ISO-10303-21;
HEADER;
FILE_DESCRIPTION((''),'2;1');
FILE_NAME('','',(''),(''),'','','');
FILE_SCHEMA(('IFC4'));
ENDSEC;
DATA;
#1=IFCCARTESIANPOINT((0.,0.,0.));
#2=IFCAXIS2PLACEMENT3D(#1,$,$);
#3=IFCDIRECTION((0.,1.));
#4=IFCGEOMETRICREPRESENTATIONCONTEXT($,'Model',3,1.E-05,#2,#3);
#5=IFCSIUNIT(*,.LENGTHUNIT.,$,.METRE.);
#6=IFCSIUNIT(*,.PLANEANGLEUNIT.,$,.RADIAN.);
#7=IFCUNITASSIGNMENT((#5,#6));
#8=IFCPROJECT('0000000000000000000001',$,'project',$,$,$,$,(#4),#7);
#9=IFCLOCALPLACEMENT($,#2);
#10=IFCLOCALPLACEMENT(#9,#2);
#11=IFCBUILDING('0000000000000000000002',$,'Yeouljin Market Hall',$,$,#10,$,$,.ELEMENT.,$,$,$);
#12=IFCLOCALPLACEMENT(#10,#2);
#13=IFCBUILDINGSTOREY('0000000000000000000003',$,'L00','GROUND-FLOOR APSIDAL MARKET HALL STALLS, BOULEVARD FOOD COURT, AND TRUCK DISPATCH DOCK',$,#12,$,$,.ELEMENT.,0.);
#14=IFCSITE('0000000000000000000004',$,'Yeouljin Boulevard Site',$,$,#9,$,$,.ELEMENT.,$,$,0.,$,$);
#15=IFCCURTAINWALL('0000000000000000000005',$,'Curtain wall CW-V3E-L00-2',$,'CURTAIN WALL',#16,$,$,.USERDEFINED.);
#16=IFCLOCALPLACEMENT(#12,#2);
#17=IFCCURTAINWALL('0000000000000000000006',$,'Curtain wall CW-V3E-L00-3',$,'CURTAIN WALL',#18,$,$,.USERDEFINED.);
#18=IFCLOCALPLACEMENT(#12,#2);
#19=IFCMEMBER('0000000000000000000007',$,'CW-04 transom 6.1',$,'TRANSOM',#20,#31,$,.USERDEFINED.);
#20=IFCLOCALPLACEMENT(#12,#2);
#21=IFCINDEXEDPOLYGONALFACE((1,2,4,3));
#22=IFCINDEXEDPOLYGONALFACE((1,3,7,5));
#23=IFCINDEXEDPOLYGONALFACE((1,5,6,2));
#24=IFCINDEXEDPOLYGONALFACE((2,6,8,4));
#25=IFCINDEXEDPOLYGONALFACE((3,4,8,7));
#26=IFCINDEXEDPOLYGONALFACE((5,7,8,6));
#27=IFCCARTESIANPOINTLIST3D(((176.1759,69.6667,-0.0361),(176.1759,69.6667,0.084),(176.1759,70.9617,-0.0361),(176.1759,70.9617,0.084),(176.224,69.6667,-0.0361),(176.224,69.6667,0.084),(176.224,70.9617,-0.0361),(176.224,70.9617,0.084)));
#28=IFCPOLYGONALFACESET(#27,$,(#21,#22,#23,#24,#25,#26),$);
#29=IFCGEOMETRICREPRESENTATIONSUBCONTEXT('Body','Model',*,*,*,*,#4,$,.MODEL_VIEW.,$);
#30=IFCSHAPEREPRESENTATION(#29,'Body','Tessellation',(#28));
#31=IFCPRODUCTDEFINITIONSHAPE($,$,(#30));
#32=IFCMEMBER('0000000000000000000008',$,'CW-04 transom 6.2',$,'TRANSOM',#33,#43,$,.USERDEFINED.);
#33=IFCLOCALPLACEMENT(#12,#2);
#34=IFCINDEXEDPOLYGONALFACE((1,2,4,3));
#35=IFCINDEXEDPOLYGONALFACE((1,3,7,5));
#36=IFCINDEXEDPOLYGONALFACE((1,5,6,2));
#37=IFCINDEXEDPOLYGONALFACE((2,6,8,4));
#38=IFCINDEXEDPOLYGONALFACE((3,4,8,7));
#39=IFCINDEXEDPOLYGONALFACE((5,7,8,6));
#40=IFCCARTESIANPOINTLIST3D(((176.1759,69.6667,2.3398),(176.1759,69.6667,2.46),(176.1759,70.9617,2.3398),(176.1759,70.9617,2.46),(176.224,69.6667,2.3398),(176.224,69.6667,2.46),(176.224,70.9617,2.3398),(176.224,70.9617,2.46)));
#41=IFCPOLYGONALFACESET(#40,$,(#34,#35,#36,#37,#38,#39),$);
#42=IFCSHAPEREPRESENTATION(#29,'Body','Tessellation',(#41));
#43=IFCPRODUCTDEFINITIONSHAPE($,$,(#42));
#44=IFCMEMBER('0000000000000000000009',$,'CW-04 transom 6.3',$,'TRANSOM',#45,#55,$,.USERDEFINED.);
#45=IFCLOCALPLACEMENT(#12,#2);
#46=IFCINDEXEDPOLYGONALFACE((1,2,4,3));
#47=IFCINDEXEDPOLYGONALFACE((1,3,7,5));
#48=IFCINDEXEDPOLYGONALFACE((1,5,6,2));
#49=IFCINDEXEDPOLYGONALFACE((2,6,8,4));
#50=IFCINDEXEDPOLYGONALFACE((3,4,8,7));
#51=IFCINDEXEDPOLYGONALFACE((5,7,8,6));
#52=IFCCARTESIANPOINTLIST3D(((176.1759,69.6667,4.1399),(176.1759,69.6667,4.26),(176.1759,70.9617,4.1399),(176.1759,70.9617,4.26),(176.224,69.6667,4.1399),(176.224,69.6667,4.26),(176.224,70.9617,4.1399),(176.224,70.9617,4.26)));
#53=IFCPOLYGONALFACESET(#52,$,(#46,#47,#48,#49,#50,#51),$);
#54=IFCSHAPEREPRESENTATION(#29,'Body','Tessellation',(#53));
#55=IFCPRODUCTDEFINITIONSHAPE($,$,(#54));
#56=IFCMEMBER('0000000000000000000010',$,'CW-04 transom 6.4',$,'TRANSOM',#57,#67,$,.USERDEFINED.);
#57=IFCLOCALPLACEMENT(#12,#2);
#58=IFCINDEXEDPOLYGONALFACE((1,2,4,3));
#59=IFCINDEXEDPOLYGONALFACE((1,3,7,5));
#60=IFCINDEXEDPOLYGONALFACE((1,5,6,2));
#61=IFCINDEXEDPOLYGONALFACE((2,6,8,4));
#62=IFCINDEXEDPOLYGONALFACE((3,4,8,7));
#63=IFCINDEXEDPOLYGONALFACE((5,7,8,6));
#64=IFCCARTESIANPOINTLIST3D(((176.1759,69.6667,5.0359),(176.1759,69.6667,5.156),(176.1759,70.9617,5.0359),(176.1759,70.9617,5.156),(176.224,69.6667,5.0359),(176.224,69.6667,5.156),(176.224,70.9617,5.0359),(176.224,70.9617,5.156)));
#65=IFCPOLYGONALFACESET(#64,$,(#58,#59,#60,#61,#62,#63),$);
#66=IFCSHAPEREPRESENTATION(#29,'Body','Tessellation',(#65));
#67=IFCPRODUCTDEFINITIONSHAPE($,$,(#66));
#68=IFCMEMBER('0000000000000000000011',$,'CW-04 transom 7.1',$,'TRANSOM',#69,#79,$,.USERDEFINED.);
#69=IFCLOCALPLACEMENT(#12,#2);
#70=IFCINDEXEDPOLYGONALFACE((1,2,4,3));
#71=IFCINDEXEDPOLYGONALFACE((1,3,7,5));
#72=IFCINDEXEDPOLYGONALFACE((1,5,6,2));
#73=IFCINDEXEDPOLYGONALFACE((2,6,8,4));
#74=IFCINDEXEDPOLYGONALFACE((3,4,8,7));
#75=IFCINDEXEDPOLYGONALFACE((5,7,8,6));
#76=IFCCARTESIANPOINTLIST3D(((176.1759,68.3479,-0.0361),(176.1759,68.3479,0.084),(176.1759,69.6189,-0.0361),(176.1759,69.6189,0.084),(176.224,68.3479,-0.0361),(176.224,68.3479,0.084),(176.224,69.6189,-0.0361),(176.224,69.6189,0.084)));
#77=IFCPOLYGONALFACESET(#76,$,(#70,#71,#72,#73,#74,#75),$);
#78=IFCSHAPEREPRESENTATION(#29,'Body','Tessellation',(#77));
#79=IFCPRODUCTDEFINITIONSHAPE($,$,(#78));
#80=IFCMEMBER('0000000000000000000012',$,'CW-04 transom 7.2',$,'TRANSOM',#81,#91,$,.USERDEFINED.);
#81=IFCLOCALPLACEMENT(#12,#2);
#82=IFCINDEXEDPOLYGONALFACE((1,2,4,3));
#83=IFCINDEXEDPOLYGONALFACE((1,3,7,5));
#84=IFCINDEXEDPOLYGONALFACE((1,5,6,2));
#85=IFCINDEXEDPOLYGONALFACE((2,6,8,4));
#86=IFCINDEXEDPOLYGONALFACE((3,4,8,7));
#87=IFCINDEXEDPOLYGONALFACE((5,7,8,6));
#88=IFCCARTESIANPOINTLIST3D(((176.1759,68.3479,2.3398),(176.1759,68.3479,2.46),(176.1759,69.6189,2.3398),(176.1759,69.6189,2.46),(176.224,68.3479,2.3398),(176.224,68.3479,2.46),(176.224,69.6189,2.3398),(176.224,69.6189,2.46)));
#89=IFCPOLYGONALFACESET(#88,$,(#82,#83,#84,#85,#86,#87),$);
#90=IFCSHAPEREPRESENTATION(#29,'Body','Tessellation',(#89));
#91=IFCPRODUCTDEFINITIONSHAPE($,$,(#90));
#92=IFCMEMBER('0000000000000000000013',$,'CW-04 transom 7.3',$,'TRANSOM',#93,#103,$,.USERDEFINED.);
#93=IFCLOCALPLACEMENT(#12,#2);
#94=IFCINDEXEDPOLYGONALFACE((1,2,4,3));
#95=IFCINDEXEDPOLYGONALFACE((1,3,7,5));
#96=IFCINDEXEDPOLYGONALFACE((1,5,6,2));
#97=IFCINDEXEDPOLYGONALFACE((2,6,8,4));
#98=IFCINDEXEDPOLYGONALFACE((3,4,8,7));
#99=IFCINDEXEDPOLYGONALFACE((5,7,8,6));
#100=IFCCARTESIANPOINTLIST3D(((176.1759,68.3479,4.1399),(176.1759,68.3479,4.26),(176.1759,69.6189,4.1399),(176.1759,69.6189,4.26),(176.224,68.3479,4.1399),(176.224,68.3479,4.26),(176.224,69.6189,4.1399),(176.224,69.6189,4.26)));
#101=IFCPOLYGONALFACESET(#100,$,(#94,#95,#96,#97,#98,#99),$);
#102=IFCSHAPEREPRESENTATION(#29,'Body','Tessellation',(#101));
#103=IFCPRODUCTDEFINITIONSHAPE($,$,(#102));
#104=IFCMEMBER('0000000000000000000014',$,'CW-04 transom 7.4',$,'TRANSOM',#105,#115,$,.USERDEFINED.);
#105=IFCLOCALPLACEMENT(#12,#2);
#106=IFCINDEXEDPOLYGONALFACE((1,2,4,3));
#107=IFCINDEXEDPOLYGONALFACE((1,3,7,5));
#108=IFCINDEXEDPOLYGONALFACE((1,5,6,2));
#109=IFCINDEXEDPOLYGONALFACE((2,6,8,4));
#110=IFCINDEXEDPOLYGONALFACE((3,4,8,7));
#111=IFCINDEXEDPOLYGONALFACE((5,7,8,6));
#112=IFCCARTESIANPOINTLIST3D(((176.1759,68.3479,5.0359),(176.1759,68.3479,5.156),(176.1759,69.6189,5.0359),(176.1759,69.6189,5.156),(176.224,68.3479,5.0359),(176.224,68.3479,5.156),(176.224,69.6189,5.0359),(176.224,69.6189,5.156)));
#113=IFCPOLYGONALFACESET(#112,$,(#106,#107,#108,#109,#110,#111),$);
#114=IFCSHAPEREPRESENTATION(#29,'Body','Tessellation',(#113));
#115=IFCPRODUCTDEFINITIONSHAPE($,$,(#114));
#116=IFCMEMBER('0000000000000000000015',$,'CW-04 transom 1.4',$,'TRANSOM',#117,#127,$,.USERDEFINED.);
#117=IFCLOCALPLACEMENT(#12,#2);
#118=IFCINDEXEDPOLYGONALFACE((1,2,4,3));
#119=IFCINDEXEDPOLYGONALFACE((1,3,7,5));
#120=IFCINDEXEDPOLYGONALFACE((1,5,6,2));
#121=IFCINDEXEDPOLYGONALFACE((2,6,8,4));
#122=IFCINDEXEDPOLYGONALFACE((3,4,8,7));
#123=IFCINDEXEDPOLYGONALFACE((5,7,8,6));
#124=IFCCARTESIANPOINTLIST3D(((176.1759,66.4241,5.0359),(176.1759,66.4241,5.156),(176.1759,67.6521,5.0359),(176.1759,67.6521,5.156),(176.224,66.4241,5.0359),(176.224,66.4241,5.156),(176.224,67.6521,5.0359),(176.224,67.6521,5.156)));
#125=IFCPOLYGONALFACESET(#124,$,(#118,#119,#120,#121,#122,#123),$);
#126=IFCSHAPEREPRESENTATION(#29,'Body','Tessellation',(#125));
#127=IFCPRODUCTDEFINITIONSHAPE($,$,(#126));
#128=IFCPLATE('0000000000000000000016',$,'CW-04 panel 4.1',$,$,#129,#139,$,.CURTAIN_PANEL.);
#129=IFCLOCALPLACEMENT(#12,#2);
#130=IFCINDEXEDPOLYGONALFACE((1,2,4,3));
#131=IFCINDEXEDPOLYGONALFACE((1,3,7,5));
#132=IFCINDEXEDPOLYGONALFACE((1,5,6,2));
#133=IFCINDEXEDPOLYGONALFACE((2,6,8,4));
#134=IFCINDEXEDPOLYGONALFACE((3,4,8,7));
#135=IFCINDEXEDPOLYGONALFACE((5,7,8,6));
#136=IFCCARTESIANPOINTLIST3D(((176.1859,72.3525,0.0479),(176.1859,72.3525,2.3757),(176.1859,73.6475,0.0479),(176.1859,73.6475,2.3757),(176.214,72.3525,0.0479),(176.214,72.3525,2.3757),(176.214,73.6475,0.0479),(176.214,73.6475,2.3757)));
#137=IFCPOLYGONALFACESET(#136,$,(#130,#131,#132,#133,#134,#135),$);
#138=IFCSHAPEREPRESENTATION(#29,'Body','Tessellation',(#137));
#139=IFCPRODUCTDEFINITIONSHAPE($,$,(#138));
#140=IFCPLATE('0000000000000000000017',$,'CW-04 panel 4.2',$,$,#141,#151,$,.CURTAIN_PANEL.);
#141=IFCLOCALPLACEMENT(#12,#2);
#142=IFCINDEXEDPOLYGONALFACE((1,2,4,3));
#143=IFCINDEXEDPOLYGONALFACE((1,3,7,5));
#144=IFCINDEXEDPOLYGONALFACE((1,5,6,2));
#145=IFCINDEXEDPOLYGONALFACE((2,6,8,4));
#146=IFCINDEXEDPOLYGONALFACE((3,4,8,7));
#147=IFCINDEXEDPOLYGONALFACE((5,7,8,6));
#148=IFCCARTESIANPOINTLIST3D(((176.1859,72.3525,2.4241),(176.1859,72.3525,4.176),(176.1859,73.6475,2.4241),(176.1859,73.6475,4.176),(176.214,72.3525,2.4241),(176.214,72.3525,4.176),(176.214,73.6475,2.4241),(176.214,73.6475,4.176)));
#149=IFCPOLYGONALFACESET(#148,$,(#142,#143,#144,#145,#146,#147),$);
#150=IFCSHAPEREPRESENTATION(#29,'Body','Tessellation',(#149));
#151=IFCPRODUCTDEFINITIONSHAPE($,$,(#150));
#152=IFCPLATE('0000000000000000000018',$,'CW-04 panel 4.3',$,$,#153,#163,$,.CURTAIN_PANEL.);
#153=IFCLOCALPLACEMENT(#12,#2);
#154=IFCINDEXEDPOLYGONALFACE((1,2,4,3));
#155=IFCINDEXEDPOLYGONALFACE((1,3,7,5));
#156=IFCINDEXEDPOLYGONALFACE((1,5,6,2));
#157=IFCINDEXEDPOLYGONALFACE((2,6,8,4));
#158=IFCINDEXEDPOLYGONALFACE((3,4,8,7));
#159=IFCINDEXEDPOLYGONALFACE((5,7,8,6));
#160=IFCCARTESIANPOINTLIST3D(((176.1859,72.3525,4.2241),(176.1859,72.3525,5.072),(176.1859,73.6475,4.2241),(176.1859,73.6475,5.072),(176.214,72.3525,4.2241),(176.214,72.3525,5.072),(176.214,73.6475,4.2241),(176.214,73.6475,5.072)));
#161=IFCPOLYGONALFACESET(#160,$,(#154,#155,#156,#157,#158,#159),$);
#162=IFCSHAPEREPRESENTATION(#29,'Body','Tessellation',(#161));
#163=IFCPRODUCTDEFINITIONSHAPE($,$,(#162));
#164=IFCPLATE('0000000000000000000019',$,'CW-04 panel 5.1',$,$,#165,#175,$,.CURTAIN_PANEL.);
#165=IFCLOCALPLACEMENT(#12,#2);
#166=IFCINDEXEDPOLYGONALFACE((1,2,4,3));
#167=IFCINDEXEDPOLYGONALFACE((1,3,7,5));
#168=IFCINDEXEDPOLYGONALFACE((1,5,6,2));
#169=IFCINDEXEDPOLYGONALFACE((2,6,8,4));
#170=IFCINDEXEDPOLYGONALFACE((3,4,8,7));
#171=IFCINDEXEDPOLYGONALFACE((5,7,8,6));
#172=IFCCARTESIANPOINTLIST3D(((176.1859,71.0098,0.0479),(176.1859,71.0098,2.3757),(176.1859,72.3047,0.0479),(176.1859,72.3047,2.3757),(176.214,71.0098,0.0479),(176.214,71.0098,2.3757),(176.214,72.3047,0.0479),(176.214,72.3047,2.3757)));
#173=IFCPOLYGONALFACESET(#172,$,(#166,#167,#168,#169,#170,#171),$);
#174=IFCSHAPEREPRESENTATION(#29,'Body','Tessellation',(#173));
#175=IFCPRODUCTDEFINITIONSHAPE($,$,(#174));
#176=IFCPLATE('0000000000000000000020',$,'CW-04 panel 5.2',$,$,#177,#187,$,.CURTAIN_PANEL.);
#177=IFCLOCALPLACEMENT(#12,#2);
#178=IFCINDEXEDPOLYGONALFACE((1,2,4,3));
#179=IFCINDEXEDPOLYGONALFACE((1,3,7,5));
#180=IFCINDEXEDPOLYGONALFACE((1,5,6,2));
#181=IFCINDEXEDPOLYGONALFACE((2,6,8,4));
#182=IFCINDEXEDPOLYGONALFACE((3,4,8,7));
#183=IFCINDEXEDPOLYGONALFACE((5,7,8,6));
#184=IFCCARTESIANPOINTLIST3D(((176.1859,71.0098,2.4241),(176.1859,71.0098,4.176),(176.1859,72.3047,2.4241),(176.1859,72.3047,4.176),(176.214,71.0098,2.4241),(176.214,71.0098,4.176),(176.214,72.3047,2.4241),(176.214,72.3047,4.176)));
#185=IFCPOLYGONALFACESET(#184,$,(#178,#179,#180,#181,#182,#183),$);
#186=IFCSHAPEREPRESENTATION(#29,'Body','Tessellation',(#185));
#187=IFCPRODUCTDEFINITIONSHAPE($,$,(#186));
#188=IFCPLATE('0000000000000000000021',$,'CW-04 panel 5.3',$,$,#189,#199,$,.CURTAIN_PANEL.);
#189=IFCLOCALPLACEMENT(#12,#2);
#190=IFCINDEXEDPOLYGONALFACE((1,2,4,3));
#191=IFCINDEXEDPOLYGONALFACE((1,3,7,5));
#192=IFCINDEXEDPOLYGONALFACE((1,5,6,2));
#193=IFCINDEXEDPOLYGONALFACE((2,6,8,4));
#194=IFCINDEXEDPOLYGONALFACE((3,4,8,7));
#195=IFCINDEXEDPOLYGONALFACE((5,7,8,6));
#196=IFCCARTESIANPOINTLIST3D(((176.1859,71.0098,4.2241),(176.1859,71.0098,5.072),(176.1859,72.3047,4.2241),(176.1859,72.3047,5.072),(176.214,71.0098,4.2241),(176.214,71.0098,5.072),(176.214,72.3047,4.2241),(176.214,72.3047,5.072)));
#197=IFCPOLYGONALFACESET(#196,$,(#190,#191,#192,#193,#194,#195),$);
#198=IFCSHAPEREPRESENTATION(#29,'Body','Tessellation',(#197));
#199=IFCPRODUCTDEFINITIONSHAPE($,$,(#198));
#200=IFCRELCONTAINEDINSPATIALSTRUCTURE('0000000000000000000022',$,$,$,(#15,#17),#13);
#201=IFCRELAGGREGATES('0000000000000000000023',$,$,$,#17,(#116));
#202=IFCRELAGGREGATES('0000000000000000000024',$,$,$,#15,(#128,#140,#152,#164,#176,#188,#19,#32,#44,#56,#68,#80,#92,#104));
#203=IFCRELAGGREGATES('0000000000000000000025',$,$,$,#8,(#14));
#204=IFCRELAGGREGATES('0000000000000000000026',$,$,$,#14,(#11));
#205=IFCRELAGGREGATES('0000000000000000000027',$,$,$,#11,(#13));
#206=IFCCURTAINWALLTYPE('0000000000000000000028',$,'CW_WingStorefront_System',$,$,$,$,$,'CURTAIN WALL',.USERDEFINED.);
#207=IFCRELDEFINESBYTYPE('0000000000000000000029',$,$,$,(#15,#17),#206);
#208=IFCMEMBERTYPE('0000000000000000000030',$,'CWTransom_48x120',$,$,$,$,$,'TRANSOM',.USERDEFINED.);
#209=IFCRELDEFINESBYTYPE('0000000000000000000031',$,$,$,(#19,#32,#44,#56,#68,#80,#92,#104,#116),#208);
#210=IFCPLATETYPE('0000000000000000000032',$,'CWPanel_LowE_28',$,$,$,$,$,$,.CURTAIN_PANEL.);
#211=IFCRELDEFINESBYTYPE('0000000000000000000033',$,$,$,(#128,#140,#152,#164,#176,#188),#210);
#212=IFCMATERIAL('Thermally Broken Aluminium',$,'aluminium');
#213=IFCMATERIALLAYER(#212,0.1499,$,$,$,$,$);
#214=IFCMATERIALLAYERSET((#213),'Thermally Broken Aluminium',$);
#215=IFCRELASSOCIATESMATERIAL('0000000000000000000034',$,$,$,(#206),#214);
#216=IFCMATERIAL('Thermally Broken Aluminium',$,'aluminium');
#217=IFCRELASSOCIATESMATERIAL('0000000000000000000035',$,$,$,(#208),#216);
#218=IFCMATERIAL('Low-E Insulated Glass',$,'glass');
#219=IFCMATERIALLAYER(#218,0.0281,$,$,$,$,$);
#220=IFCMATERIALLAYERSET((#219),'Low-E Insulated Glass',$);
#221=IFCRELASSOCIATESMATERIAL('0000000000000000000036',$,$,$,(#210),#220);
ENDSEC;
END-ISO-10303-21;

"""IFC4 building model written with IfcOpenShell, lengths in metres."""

from ifc_helpers import new_model, si_unit, direction, frame, origin, origin_2d, place, context, subcontext, project, spatial, rectangle, extrude, material, layer, layer_set, material_profile, profile_set, type_object, element, aggregate, save


model = new_model("IFC4")

# Units and contexts
model_context = context("Model", 3, precision=1e-05, world=origin(), true_north=direction((0.0, 1.0)))
body_context = subcontext(model_context, "Body", "Model", "MODEL_VIEW")
ifc_project = project(units=[si_unit("LENGTHUNIT", "METRE"), si_unit("PLANEANGLEUNIT", "RADIAN")], contexts=[model_context])

# Site, building, storey
site_placement = place(None, origin())
site = spatial("IfcSite", under=ifc_project, at=site_placement, Name="Yeouljin Boulevard Site", CompositionType="ELEMENT", RefElevation=0.0)
building_placement = place(site_placement, origin())
building = spatial("IfcBuilding", under=site, at=building_placement, Name="Yeouljin Market Hall", CompositionType="ELEMENT")
storey_placement = place(building_placement, origin())
storey = spatial("IfcBuildingStorey", under=building, at=storey_placement, Name="L00", Description="GROUND-FLOOR APSIDAL MARKET HALL STALLS, BOULEVARD FOOD COURT, AND TRUCK DISPATCH DOCK", CompositionType="ELEMENT", Elevation=0.0)

# Curtain wall
ifc_material_1 = material(Name="Thermally Broken Aluminium", Category="aluminium")
ifc_layer_1 = layer(ifc_material_1, 0.1499)
ifc_layer_set_1 = layer_set([ifc_layer_1], Name="Thermally Broken Aluminium")
curtain_wall_type = type_object("IfcCurtainWallType", Name="CW_WingStorefront_System", ElementType="CURTAIN WALL", PredefinedType="USERDEFINED", material=ifc_layer_set_1)
curtain_wall_1_placement = place(storey_placement, origin())
curtain_wall_1 = element("IfcCurtainWall", 1, at=curtain_wall_1_placement, inside=storey, type_object=curtain_wall_type, Name="Curtain wall CW-V3E-L00-2", ObjectType="CURTAIN WALL", PredefinedType="USERDEFINED")

# Curtain wall
curtain_wall_2_placement = place(storey_placement, origin())
curtain_wall_2 = element("IfcCurtainWall", 2, at=curtain_wall_2_placement, inside=storey, type_object=curtain_wall_type, Name="Curtain wall CW-V3E-L00-3", ObjectType="CURTAIN WALL", PredefinedType="USERDEFINED")

# Members
ifc_material_2 = material(Name="Thermally Broken Aluminium", Category="aluminium")
ifc_material_profile_1 = material_profile(ifc_material_2, rectangle(XDim=0.0481, YDim=0.1201, at=origin_2d()), Name="CW-TRAN-48x120")
ifc_profile_set_1 = profile_set([ifc_material_profile_1], Name="Thermally Broken Aluminium")
member_type_1 = type_object("IfcMemberType", Name="CWTransom_48x120", ElementType="TRANSOM", PredefinedType="USERDEFINED", material=ifc_profile_set_1)
member_1_placement = place(storey_placement, frame((176.2, 70.9617, 0.0239), z_axis=(0.0, -1.0, 0.0), x_axis=(1.0, 0.0, 0.0)))
member_1 = element("IfcMember", 3, at=member_1_placement, type_object=member_type_1, Name="CW-04 transom 6.1", ObjectType="TRANSOM", PredefinedType="USERDEFINED", context=body_context, shape_type="SweptSolid", body=[
    extrude(rectangle(XDim=0.0481, YDim=0.1201, at=origin_2d()), origin(), (0.0, 0.0, 1.0), 1.2949),
])
member_2_placement = place(storey_placement, frame((176.2, 70.9617, 2.3999), z_axis=(0.0, -1.0, 0.0), x_axis=(1.0, 0.0, 0.0)))
member_2 = element("IfcMember", 4, at=member_2_placement, type_object=member_type_1, Name="CW-04 transom 6.2", ObjectType="TRANSOM", PredefinedType="USERDEFINED", context=body_context, shape_type="SweptSolid", body=[
    extrude(rectangle(XDim=0.0481, YDim=0.1201, at=origin_2d()), origin(), (0.0, 0.0, 1.0), 1.2949),
])
member_3_placement = place(storey_placement, frame((176.2, 70.9617, 4.2), z_axis=(0.0, -1.0, 0.0), x_axis=(1.0, 0.0, 0.0)))
member_3 = element("IfcMember", 5, at=member_3_placement, type_object=member_type_1, Name="CW-04 transom 6.3", ObjectType="TRANSOM", PredefinedType="USERDEFINED", context=body_context, shape_type="SweptSolid", body=[
    extrude(rectangle(XDim=0.0481, YDim=0.1201, at=origin_2d()), origin(), (0.0, 0.0, 1.0), 1.2949),
])
member_4_placement = place(storey_placement, frame((176.2, 70.9617, 5.0959), z_axis=(0.0, -1.0, 0.0), x_axis=(1.0, 0.0, 0.0)))
member_4 = element("IfcMember", 6, at=member_4_placement, type_object=member_type_1, Name="CW-04 transom 6.4", ObjectType="TRANSOM", PredefinedType="USERDEFINED", context=body_context, shape_type="SweptSolid", body=[
    extrude(rectangle(XDim=0.0481, YDim=0.1201, at=origin_2d()), origin(), (0.0, 0.0, 1.0), 1.2949),
])
member_5_placement = place(storey_placement, frame((176.2, 69.6189, 0.0239), z_axis=(0.0, -1.0, 0.0), x_axis=(1.0, 0.0, 0.0)))
member_5 = element("IfcMember", 7, at=member_5_placement, type_object=member_type_1, Name="CW-04 transom 7.1", ObjectType="TRANSOM", PredefinedType="USERDEFINED", context=body_context, shape_type="SweptSolid", body=[
    extrude(rectangle(XDim=0.0481, YDim=0.1201, at=origin_2d()), origin(), (0.0, 0.0, 1.0), 1.271),
])
member_6_placement = place(storey_placement, frame((176.2, 69.6189, 2.3999), z_axis=(0.0, -1.0, 0.0), x_axis=(1.0, 0.0, 0.0)))
member_6 = element("IfcMember", 8, at=member_6_placement, type_object=member_type_1, Name="CW-04 transom 7.2", ObjectType="TRANSOM", PredefinedType="USERDEFINED", context=body_context, shape_type="SweptSolid", body=[
    extrude(rectangle(XDim=0.0481, YDim=0.1201, at=origin_2d()), origin(), (0.0, 0.0, 1.0), 1.271),
])
member_7_placement = place(storey_placement, frame((176.2, 69.6189, 4.2), z_axis=(0.0, -1.0, 0.0), x_axis=(1.0, 0.0, 0.0)))
member_7 = element("IfcMember", 9, at=member_7_placement, type_object=member_type_1, Name="CW-04 transom 7.3", ObjectType="TRANSOM", PredefinedType="USERDEFINED", context=body_context, shape_type="SweptSolid", body=[
    extrude(rectangle(XDim=0.0481, YDim=0.1201, at=origin_2d()), origin(), (0.0, 0.0, 1.0), 1.271),
])
member_8_placement = place(storey_placement, frame((176.2, 69.6189, 5.0959), z_axis=(0.0, -1.0, 0.0), x_axis=(1.0, 0.0, 0.0)))
member_8 = element("IfcMember", 10, at=member_8_placement, type_object=member_type_1, Name="CW-04 transom 7.4", ObjectType="TRANSOM", PredefinedType="USERDEFINED", context=body_context, shape_type="SweptSolid", body=[
    extrude(rectangle(XDim=0.0481, YDim=0.1201, at=origin_2d()), origin(), (0.0, 0.0, 1.0), 1.271),
])
member_9_placement = place(storey_placement, frame((176.2, 67.6521, 5.0959), z_axis=(0.0, -1.0, 0.0), x_axis=(1.0, 0.0, 0.0)))
member_9 = element("IfcMember", 11, at=member_9_placement, type_object=member_type_1, Name="CW-04 transom 1.4", ObjectType="TRANSOM", PredefinedType="USERDEFINED", context=body_context, shape_type="SweptSolid", body=[
    extrude(rectangle(XDim=0.0481, YDim=0.1201, at=origin_2d()), origin(), (0.0, 0.0, 1.0), 1.228),
])
aggregate(curtain_wall_2, [member_9])

# Plates
ifc_material_3 = material(Name="Low-E Insulated Glass", Category="glass")
ifc_layer_2 = layer(ifc_material_3, 0.0281)
ifc_layer_set_2 = layer_set([ifc_layer_2], Name="Low-E Insulated Glass")
plate_type = type_object("IfcPlateType", Name="CWPanel_LowE_28", PredefinedType="CURTAIN_PANEL", material=ifc_layer_set_2)
plate_1_placement = place(storey_placement, frame((176.2, 73.0, 0.0479), z_axis=(0.0, 0.0, 1.0), x_axis=(0.0, -1.0, 0.0)))
plate_1 = element("IfcPlate", 12, at=plate_1_placement, type_object=plate_type, Name="CW-04 panel 4.1", PredefinedType="CURTAIN_PANEL", context=body_context, shape_type="SweptSolid", body=[
    extrude(rectangle(XDim=1.2949, YDim=0.0281, at=origin_2d()), origin(), (0.0, 0.0, 1.0), 2.3279),
])
plate_2_placement = place(storey_placement, frame((176.2, 73.0, 2.4241), z_axis=(0.0, 0.0, 1.0), x_axis=(0.0, -1.0, 0.0)))
plate_2 = element("IfcPlate", 13, at=plate_2_placement, type_object=plate_type, Name="CW-04 panel 4.2", PredefinedType="CURTAIN_PANEL", context=body_context, shape_type="SweptSolid", body=[
    extrude(rectangle(XDim=1.2949, YDim=0.0281, at=origin_2d()), origin(), (0.0, 0.0, 1.0), 1.752),
])
plate_3_placement = place(storey_placement, frame((176.2, 73.0, 4.2241), z_axis=(0.0, 0.0, 1.0), x_axis=(0.0, -1.0, 0.0)))
plate_3 = element("IfcPlate", 14, at=plate_3_placement, type_object=plate_type, Name="CW-04 panel 4.3", PredefinedType="CURTAIN_PANEL", context=body_context, shape_type="SweptSolid", body=[
    extrude(rectangle(XDim=1.2949, YDim=0.0281, at=origin_2d()), origin(), (0.0, 0.0, 1.0), 0.8479),
])
plate_4_placement = place(storey_placement, frame((176.2, 71.6572, 0.0479), z_axis=(0.0, 0.0, 1.0), x_axis=(0.0, -1.0, 0.0)))
plate_4 = element("IfcPlate", 15, at=plate_4_placement, type_object=plate_type, Name="CW-04 panel 5.1", PredefinedType="CURTAIN_PANEL", context=body_context, shape_type="SweptSolid", body=[
    extrude(rectangle(XDim=1.2949, YDim=0.0281, at=origin_2d()), origin(), (0.0, 0.0, 1.0), 2.3279),
])
plate_5_placement = place(storey_placement, frame((176.2, 71.6572, 2.4241), z_axis=(0.0, 0.0, 1.0), x_axis=(0.0, -1.0, 0.0)))
plate_5 = element("IfcPlate", 16, at=plate_5_placement, type_object=plate_type, Name="CW-04 panel 5.2", PredefinedType="CURTAIN_PANEL", context=body_context, shape_type="SweptSolid", body=[
    extrude(rectangle(XDim=1.2949, YDim=0.0281, at=origin_2d()), origin(), (0.0, 0.0, 1.0), 1.752),
])
plate_6_placement = place(storey_placement, frame((176.2, 71.6572, 4.2241), z_axis=(0.0, 0.0, 1.0), x_axis=(0.0, -1.0, 0.0)))
plate_6 = element("IfcPlate", 17, at=plate_6_placement, type_object=plate_type, Name="CW-04 panel 5.3", PredefinedType="CURTAIN_PANEL", context=body_context, shape_type="SweptSolid", body=[
    extrude(rectangle(XDim=1.2949, YDim=0.0281, at=origin_2d()), origin(), (0.0, 0.0, 1.0), 0.8479),
])
aggregate(curtain_wall_1, [plate_1, plate_2, plate_3, plate_4, plate_5, plate_6, member_1, member_2, member_3, member_4, member_5, member_6, member_7, member_8])

save(model, "model.ifc")
